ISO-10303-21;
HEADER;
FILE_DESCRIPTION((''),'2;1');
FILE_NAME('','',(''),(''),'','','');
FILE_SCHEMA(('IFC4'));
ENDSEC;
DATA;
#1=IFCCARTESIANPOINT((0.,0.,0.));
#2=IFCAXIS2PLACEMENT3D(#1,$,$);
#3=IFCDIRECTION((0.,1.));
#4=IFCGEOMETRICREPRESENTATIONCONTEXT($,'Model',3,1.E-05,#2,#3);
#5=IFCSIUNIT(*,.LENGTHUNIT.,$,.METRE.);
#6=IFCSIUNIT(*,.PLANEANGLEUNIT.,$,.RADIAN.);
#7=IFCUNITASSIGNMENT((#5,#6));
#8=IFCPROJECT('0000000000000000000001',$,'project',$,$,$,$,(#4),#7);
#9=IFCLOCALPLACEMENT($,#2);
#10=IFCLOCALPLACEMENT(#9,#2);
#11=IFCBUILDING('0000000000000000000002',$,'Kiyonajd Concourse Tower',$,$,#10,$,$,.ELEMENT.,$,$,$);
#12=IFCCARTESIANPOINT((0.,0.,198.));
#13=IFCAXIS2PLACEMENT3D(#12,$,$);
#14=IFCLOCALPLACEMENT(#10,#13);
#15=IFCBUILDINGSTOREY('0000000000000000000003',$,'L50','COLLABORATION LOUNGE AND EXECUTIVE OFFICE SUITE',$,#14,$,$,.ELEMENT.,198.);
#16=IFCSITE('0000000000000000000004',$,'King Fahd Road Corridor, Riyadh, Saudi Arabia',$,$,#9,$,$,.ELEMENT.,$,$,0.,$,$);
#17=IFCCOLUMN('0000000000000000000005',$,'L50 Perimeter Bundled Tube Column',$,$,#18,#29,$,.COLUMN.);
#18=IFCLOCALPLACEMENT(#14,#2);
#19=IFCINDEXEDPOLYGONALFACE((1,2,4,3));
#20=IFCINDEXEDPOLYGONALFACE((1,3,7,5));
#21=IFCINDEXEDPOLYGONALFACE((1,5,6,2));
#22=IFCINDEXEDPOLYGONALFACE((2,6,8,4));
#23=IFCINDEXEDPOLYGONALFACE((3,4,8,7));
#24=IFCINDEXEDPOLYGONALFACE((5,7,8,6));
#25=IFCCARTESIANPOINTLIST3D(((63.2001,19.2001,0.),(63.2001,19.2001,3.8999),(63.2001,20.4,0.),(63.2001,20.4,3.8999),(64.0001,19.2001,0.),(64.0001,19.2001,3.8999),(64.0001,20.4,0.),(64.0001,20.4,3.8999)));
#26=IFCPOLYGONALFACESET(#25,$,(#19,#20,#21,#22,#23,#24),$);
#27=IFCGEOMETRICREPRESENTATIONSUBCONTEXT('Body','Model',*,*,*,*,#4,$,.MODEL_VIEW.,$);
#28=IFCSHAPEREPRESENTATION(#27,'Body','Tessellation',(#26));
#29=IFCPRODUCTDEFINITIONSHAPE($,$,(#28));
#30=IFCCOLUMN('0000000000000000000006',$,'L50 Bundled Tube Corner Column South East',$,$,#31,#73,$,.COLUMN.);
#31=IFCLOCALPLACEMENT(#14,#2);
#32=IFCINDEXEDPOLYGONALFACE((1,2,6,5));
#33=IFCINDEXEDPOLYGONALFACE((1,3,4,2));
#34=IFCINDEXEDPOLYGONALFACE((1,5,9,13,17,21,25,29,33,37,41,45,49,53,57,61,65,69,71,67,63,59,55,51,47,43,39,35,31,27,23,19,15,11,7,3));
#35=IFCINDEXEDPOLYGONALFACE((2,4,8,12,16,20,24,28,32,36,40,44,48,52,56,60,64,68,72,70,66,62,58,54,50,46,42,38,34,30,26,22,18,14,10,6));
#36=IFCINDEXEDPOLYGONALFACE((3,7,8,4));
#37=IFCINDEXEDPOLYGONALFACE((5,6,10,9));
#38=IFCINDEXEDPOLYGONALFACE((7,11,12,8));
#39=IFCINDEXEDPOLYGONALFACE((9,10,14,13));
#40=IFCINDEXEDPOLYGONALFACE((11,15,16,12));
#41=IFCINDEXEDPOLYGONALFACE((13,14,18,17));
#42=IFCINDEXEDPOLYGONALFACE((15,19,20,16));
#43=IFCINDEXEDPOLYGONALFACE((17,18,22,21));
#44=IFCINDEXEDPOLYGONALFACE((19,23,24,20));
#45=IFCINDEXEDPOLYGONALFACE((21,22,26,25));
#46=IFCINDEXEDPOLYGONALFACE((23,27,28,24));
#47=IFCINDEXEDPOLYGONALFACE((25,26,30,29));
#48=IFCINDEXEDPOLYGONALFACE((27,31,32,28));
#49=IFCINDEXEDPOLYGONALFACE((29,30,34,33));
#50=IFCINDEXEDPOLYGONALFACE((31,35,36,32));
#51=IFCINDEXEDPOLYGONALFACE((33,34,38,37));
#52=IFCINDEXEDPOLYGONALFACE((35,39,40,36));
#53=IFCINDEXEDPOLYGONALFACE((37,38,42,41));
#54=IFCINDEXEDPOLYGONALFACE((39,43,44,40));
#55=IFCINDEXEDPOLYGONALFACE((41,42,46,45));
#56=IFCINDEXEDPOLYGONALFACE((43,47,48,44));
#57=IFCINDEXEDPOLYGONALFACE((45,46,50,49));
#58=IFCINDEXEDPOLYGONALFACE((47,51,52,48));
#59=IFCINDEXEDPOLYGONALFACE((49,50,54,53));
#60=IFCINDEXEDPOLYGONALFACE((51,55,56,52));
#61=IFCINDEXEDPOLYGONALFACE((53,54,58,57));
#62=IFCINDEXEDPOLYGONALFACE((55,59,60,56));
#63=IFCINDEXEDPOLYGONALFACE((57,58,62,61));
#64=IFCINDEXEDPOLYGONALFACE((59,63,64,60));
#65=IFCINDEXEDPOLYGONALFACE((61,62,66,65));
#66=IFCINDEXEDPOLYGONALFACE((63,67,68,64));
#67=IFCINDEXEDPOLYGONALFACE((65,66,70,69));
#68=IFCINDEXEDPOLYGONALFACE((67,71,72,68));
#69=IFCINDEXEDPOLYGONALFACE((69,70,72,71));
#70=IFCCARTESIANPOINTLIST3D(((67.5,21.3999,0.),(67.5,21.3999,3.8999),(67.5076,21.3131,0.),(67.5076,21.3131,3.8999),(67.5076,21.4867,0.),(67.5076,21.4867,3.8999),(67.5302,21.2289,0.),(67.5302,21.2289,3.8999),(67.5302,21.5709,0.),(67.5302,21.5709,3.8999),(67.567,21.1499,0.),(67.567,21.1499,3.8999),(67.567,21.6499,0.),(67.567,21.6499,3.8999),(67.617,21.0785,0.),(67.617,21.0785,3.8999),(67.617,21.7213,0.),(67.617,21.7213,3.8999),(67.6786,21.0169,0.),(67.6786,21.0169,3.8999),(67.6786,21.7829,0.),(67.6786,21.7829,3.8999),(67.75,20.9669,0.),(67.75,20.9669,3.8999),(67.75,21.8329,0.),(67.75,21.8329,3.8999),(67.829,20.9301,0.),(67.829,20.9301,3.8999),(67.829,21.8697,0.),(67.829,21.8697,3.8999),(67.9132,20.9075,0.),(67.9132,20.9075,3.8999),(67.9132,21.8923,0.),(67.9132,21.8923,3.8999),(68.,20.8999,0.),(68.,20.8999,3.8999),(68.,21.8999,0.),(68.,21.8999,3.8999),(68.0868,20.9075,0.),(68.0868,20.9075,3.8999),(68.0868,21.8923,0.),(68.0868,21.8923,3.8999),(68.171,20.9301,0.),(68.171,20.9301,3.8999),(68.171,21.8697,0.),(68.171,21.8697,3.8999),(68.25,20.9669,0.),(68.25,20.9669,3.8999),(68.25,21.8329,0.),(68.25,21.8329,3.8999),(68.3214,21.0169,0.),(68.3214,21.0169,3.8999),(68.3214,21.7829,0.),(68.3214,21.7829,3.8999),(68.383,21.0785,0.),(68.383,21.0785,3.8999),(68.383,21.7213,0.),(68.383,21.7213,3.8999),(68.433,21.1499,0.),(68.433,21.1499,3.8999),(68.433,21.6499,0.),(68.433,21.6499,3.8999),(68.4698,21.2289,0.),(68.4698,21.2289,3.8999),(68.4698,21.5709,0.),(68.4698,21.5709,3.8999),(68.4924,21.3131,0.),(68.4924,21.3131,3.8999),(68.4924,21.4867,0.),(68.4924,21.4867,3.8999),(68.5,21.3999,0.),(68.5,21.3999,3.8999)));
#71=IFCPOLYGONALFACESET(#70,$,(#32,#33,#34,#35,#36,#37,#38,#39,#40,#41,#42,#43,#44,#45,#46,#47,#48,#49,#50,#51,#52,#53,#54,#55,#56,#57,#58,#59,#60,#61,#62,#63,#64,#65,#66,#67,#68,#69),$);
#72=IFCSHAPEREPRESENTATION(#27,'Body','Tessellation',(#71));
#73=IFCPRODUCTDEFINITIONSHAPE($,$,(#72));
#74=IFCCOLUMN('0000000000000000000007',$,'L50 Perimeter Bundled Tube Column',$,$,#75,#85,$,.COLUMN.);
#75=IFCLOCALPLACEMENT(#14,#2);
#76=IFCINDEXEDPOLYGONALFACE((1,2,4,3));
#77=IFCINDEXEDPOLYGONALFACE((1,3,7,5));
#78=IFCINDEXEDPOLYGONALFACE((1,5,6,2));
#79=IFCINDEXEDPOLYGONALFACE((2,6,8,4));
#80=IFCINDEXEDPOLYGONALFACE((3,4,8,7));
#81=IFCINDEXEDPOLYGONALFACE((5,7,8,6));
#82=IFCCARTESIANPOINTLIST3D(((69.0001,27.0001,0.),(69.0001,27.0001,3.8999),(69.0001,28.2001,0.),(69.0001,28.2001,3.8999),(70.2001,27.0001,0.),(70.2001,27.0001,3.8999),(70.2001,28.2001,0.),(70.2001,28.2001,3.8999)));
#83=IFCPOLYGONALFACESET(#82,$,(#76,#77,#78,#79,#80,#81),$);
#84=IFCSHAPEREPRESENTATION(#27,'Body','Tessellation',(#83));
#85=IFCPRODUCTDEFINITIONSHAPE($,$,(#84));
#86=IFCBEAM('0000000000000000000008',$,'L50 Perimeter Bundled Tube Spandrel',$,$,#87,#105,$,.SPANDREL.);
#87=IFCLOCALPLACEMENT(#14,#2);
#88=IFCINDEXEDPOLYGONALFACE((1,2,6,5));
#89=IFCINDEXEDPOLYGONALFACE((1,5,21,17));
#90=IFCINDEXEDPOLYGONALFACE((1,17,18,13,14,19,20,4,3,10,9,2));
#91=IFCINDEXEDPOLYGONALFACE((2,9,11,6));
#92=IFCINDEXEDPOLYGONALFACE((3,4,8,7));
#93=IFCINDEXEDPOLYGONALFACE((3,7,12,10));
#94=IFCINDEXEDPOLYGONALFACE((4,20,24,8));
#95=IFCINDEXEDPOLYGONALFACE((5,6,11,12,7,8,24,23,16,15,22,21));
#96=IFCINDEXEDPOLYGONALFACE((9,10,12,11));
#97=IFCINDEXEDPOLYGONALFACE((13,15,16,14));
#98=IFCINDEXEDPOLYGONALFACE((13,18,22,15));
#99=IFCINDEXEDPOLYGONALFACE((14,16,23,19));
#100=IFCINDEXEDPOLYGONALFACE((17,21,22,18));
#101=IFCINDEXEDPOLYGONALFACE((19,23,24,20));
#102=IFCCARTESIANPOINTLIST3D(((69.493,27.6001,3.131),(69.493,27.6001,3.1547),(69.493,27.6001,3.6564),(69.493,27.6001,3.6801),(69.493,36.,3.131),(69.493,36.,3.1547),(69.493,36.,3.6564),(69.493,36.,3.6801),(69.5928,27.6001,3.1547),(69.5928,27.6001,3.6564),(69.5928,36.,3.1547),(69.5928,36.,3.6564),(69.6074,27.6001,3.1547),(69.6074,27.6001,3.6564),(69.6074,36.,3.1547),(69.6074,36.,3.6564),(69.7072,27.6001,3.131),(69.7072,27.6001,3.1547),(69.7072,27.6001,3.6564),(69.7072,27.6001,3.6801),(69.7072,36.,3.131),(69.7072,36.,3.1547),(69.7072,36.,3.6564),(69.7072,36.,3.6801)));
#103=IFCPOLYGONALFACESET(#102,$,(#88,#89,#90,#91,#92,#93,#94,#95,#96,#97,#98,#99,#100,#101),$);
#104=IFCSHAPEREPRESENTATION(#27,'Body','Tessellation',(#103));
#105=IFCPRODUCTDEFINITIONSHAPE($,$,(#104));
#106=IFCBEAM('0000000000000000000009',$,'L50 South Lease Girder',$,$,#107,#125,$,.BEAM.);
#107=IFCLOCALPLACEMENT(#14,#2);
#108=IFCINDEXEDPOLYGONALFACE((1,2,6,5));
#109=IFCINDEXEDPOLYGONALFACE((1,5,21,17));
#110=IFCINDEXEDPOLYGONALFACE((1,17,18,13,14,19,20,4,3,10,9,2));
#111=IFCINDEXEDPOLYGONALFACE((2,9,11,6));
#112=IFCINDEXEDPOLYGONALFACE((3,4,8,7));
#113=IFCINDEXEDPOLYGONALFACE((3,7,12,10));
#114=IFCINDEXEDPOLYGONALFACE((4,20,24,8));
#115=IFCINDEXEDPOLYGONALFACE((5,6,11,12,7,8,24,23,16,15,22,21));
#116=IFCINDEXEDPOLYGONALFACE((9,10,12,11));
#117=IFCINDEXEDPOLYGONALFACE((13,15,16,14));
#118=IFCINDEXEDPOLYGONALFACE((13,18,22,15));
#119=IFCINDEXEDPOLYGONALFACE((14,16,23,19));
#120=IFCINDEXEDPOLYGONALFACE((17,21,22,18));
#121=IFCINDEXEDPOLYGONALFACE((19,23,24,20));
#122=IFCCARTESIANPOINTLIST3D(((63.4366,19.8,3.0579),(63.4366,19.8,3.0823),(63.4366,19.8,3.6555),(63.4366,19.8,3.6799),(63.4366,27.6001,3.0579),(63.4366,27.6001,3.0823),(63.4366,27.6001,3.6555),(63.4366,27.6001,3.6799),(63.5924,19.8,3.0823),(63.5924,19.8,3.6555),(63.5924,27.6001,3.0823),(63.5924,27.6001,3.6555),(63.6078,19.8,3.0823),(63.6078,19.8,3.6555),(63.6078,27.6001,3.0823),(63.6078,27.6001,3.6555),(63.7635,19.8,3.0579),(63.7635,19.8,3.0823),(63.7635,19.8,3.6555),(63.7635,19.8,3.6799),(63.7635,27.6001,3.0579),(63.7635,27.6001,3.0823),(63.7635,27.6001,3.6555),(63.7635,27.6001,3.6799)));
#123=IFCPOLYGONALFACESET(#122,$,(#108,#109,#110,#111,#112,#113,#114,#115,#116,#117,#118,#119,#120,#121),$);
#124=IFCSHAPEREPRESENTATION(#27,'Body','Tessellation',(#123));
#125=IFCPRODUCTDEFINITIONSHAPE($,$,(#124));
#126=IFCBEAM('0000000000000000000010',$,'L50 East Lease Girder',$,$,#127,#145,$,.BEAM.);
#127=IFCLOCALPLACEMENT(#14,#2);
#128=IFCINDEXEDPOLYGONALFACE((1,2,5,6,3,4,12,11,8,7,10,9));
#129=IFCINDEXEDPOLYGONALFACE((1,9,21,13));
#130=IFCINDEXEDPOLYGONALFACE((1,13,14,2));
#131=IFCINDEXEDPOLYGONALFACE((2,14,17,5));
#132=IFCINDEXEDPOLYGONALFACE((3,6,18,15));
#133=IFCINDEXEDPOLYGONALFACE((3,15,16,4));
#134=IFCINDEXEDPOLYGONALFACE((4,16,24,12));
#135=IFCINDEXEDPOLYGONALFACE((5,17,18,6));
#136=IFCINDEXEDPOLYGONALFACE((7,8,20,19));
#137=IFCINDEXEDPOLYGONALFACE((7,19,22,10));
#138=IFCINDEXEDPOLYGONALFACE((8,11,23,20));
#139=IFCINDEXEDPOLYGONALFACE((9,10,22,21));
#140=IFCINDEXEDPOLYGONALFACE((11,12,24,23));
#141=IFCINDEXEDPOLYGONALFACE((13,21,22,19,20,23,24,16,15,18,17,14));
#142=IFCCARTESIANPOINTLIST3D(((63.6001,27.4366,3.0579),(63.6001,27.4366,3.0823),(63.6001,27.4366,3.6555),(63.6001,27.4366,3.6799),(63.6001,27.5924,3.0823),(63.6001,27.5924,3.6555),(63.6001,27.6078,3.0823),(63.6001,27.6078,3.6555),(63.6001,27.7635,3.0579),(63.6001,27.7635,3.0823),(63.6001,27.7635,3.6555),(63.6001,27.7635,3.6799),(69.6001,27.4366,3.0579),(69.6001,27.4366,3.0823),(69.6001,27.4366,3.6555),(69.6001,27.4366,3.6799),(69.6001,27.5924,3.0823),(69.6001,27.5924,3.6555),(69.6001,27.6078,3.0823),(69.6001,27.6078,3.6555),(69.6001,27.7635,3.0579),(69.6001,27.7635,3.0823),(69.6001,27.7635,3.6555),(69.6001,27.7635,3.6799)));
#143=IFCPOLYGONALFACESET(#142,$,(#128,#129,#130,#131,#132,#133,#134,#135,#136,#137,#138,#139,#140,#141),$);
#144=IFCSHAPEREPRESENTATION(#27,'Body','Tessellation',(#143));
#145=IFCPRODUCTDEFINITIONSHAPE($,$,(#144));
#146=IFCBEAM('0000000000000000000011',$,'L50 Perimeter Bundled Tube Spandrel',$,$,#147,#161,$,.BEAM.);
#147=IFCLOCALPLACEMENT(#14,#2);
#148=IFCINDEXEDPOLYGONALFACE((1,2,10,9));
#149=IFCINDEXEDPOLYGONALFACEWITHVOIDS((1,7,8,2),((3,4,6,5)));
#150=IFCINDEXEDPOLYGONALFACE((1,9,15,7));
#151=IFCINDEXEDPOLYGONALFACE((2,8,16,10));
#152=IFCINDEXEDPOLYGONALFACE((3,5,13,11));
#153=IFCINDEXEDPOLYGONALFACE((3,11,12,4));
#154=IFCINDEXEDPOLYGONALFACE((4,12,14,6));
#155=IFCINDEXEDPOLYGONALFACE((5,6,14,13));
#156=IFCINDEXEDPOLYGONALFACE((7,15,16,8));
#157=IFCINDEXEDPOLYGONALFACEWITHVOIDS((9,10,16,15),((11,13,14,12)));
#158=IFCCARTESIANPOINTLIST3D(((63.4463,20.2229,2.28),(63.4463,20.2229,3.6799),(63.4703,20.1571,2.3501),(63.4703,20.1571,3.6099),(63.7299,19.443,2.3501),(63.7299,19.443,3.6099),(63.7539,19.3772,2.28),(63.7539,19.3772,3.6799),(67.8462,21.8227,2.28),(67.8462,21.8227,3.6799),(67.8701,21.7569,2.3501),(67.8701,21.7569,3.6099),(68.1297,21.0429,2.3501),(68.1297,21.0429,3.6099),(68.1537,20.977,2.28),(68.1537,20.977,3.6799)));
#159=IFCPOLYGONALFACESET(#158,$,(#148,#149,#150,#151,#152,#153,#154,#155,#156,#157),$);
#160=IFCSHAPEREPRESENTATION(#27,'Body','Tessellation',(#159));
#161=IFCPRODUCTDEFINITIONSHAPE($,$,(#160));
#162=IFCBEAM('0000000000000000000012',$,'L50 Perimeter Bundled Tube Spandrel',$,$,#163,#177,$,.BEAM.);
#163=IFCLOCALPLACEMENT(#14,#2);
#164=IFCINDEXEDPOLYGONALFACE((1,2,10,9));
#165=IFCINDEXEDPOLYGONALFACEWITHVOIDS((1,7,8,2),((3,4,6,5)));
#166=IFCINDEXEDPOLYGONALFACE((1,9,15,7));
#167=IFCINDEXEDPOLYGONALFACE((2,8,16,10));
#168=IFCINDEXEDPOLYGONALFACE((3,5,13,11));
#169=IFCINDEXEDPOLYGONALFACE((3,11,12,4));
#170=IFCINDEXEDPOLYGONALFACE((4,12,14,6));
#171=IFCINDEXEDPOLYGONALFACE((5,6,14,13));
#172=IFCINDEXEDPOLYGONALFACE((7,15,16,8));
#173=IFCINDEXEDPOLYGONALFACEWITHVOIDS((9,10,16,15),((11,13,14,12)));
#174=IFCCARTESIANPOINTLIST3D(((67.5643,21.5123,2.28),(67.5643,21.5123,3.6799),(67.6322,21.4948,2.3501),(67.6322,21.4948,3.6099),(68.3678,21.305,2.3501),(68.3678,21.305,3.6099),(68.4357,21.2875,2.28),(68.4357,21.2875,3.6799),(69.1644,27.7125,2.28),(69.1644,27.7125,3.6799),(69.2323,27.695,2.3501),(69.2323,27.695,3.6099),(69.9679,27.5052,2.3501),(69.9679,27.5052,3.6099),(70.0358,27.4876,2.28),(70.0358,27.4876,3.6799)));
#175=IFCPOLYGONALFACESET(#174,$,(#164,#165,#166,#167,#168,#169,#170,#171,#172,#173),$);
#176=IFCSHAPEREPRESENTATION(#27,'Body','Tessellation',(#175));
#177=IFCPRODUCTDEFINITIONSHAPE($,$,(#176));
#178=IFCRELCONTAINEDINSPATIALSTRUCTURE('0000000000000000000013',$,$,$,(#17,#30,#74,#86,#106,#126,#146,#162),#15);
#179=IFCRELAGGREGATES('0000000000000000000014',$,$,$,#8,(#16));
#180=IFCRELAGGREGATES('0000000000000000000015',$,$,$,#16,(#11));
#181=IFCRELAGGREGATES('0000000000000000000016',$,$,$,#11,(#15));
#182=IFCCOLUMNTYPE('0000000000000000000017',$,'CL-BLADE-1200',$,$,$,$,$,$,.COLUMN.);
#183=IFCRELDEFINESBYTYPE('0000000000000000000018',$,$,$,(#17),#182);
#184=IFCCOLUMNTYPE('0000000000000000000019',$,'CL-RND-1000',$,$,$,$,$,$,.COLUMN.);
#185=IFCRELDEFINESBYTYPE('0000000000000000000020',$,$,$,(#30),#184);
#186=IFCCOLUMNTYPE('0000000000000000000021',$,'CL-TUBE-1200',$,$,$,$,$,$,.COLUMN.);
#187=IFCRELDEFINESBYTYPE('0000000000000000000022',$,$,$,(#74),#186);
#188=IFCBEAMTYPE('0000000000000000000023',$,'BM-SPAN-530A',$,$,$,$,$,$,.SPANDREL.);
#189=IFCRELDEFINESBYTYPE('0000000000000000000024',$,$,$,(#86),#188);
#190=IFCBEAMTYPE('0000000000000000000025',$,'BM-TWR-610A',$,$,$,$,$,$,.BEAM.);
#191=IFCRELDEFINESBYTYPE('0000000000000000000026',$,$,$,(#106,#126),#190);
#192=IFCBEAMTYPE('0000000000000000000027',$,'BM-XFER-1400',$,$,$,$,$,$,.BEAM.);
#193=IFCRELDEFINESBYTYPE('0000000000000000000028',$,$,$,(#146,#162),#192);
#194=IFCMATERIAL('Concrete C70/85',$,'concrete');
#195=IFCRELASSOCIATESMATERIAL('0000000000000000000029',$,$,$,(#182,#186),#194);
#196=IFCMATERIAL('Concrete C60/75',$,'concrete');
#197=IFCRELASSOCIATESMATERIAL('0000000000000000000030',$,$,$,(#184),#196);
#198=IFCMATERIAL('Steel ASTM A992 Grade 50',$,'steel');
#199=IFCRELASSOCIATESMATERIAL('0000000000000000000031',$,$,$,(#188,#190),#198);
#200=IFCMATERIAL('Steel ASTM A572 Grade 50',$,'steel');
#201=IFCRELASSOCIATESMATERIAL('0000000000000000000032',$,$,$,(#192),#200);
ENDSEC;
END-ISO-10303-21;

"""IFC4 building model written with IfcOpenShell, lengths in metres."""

from ifc_helpers import new_model, si_unit, direction, frame, origin, origin_2d, place, context, subcontext, project, spatial, rectangle, hollow_rectangle, circle, i_section, extrude, material, material_profile, profile_set, type_object, element, save


model = new_model("IFC4")

# Units and contexts
model_context = context("Model", 3, precision=1e-05, world=origin(), true_north=direction((0.0, 1.0)))
body_context = subcontext(model_context, "Body", "Model", "MODEL_VIEW")
ifc_project = project(units=[si_unit("LENGTHUNIT", "METRE"), si_unit("PLANEANGLEUNIT", "RADIAN")], contexts=[model_context])

# Site, building, storey
site_placement = place(None, origin())
site = spatial("IfcSite", under=ifc_project, at=site_placement, Name="King Fahd Road Corridor, Riyadh, Saudi Arabia", CompositionType="ELEMENT", RefElevation=0.0)
building_placement = place(site_placement, origin())
building = spatial("IfcBuilding", under=site, at=building_placement, Name="Kiyonajd Concourse Tower", CompositionType="ELEMENT")
storey_placement = place(building_placement, frame((0.0, 0.0, 198.0)))
storey = spatial("IfcBuildingStorey", under=building, at=storey_placement, Name="L50", Description="COLLABORATION LOUNGE AND EXECUTIVE OFFICE SUITE", CompositionType="ELEMENT", Elevation=198.0)

# Columns
ifc_material_1 = material(Name="Concrete C70/85", Category="concrete")
ifc_material_profile_1 = material_profile(ifc_material_1, rectangle(XDim=0.8, YDim=1.2, at=origin_2d()), Name="RC-1200x800")
ifc_profile_set_1 = profile_set([ifc_material_profile_1], Name="Concrete C70/85")
column_type_1 = type_object("IfcColumnType", Name="CL-BLADE-1200", PredefinedType="COLUMN", material=ifc_profile_set_1)
column_1_placement = place(storey_placement, frame((63.6001, 19.8, 0.0), z_axis=(0.0, 0.0, 1.0), x_axis=(1.0, 0.0, 0.0)))
element("IfcColumn", 1, at=column_1_placement, inside=storey, type_object=column_type_1, Name="L50 Perimeter Bundled Tube Column", PredefinedType="COLUMN", context=body_context, shape_type="SweptSolid", body=[
    extrude(rectangle(XDim=0.8, YDim=1.2, at=origin_2d()), origin(), (0.0, 0.0, 1.0), 3.8999),
])
ifc_material_2 = material(Name="Concrete C60/75", Category="concrete")
ifc_material_profile_2 = material_profile(ifc_material_2, circle(Radius=0.5, at=origin_2d()), Name="RCC-D1000")
ifc_profile_set_2 = profile_set([ifc_material_profile_2], Name="Concrete C60/75")
column_type_2 = type_object("IfcColumnType", Name="CL-RND-1000", PredefinedType="COLUMN", material=ifc_profile_set_2)
column_2_placement = place(storey_placement, frame((68.0, 21.3999, 0.0), z_axis=(0.0, 0.0, 1.0), x_axis=(1.0, 0.0, 0.0)))
element("IfcColumn", 2, at=column_2_placement, inside=storey, type_object=column_type_2, Name="L50 Bundled Tube Corner Column South East", PredefinedType="COLUMN", context=body_context, shape_type="SweptSolid", body=[
    extrude(circle(Radius=0.5, at=origin_2d()), origin(), (0.0, 0.0, 1.0), 3.8999),
])
ifc_material_profile_3 = material_profile(ifc_material_1, rectangle(XDim=1.2, YDim=1.2, at=origin_2d()), Name="RC-1200x1200")
ifc_profile_set_3 = profile_set([ifc_material_profile_3], Name="Concrete C70/85")
column_type_3 = type_object("IfcColumnType", Name="CL-TUBE-1200", PredefinedType="COLUMN", material=ifc_profile_set_3)
column_3_placement = place(storey_placement, frame((69.6001, 27.6001, 0.0), z_axis=(0.0, 0.0, 1.0), x_axis=(1.0, 0.0, 0.0)))
element("IfcColumn", 3, at=column_3_placement, inside=storey, type_object=column_type_3, Name="L50 Perimeter Bundled Tube Column", PredefinedType="COLUMN", context=body_context, shape_type="SweptSolid", body=[
    extrude(rectangle(XDim=1.2, YDim=1.2, at=origin_2d()), origin(), (0.0, 0.0, 1.0), 3.8999),
])

# Beams
ifc_material_3 = material(Name="Steel ASTM A992 Grade 50", Category="steel")
ifc_material_profile_4 = material_profile(ifc_material_3, i_section(OverallWidth=0.2141, OverallDepth=0.5491, WebThickness=0.0146, FlangeThickness=0.0237, at=origin_2d()), Name="W530X138")
ifc_profile_set_4 = profile_set([ifc_material_profile_4], Name="Steel ASTM A992 Grade 50")
beam_type_1 = type_object("IfcBeamType", Name="BM-SPAN-530A", PredefinedType="SPANDREL", material=ifc_profile_set_4)
beam_1_placement = place(storey_placement, frame((69.6001, 27.6001, 3.4055), z_axis=(0.0, 1.0, 0.0), x_axis=(-1.0, 0.0, 0.0)))
element("IfcBeam", 4, at=beam_1_placement, inside=storey, type_object=beam_type_1, Name="L50 Perimeter Bundled Tube Spandrel", PredefinedType="SPANDREL", context=body_context, shape_type="SweptSolid", body=[
    extrude(i_section(OverallWidth=0.2141, OverallDepth=0.5491, WebThickness=0.0146, FlangeThickness=0.0237, at=origin_2d()), origin(), (0.0, 0.0, 1.0), 8.3999),
])
ifc_material_profile_5 = material_profile(ifc_material_3, i_section(OverallWidth=0.3269, OverallDepth=0.6221, WebThickness=0.0154, FlangeThickness=0.0244, at=origin_2d()), Name="W610X195")
ifc_profile_set_5 = profile_set([ifc_material_profile_5], Name="Steel ASTM A992 Grade 50")
beam_type_2 = type_object("IfcBeamType", Name="BM-TWR-610A", PredefinedType="BEAM", material=ifc_profile_set_5)
beam_2_placement = place(storey_placement, frame((63.6001, 19.8, 3.3689), z_axis=(0.0, 1.0, 0.0), x_axis=(-1.0, 0.0, 0.0)))
element("IfcBeam", 5, at=beam_2_placement, inside=storey, type_object=beam_type_2, Name="L50 South Lease Girder", PredefinedType="BEAM", context=body_context, shape_type="SweptSolid", body=[
    extrude(i_section(OverallWidth=0.3269, OverallDepth=0.6221, WebThickness=0.0154, FlangeThickness=0.0244, at=origin_2d()), origin(), (0.0, 0.0, 1.0), 7.8),
])
beam_3_placement = place(storey_placement, frame((63.6001, 27.6001, 3.3689), z_axis=(1.0, 0.0, 0.0), x_axis=(0.0, 1.0, 0.0)))
element("IfcBeam", 6, at=beam_3_placement, inside=storey, type_object=beam_type_2, Name="L50 East Lease Girder", PredefinedType="BEAM", context=body_context, shape_type="SweptSolid", body=[
    extrude(i_section(OverallWidth=0.3269, OverallDepth=0.6221, WebThickness=0.0154, FlangeThickness=0.0244, at=origin_2d()), origin(), (0.0, 0.0, 1.0), 6.0),
])
ifc_material_4 = material(Name="Steel ASTM A572 Grade 50", Category="steel")
ifc_material_profile_6 = material_profile(ifc_material_4, hollow_rectangle(XDim=0.8999, YDim=1.3999, WallThickness=0.0701, at=origin_2d()), Name="BOX-1400x900x70")
ifc_profile_set_6 = profile_set([ifc_material_profile_6], Name="Steel ASTM A572 Grade 50")
beam_type_3 = type_object("IfcBeamType", Name="BM-XFER-1400", PredefinedType="BEAM", material=ifc_profile_set_6)
beam_4_placement = place(storey_placement, frame((63.6001, 19.8, 2.98), z_axis=(0.939801, 0.341722, 0.0), x_axis=(-0.341722, 0.939801, 0.0)))
element("IfcBeam", 7, at=beam_4_placement, inside=storey, type_object=beam_type_3, Name="L50 Perimeter Bundled Tube Spandrel", PredefinedType="BEAM", context=body_context, shape_type="SweptSolid", body=[
    extrude(hollow_rectangle(XDim=0.8999, YDim=1.3999, WallThickness=0.0701, at=origin_2d()), origin(), (0.0, 0.0, 1.0), 4.6816),
])
beam_5_placement = place(storey_placement, frame((68.0, 21.3999, 2.98), z_axis=(0.249885, 0.968276, 0.0), x_axis=(-0.968276, 0.249885, 0.0)))
element("IfcBeam", 8, at=beam_5_placement, inside=storey, type_object=beam_type_3, Name="L50 Perimeter Bundled Tube Spandrel", PredefinedType="BEAM", context=body_context, shape_type="SweptSolid", body=[
    extrude(hollow_rectangle(XDim=0.8999, YDim=1.3999, WallThickness=0.0701, at=origin_2d()), origin(), (0.0, 0.0, 1.0), 6.4033),
])

save(model, "model.ifc")
